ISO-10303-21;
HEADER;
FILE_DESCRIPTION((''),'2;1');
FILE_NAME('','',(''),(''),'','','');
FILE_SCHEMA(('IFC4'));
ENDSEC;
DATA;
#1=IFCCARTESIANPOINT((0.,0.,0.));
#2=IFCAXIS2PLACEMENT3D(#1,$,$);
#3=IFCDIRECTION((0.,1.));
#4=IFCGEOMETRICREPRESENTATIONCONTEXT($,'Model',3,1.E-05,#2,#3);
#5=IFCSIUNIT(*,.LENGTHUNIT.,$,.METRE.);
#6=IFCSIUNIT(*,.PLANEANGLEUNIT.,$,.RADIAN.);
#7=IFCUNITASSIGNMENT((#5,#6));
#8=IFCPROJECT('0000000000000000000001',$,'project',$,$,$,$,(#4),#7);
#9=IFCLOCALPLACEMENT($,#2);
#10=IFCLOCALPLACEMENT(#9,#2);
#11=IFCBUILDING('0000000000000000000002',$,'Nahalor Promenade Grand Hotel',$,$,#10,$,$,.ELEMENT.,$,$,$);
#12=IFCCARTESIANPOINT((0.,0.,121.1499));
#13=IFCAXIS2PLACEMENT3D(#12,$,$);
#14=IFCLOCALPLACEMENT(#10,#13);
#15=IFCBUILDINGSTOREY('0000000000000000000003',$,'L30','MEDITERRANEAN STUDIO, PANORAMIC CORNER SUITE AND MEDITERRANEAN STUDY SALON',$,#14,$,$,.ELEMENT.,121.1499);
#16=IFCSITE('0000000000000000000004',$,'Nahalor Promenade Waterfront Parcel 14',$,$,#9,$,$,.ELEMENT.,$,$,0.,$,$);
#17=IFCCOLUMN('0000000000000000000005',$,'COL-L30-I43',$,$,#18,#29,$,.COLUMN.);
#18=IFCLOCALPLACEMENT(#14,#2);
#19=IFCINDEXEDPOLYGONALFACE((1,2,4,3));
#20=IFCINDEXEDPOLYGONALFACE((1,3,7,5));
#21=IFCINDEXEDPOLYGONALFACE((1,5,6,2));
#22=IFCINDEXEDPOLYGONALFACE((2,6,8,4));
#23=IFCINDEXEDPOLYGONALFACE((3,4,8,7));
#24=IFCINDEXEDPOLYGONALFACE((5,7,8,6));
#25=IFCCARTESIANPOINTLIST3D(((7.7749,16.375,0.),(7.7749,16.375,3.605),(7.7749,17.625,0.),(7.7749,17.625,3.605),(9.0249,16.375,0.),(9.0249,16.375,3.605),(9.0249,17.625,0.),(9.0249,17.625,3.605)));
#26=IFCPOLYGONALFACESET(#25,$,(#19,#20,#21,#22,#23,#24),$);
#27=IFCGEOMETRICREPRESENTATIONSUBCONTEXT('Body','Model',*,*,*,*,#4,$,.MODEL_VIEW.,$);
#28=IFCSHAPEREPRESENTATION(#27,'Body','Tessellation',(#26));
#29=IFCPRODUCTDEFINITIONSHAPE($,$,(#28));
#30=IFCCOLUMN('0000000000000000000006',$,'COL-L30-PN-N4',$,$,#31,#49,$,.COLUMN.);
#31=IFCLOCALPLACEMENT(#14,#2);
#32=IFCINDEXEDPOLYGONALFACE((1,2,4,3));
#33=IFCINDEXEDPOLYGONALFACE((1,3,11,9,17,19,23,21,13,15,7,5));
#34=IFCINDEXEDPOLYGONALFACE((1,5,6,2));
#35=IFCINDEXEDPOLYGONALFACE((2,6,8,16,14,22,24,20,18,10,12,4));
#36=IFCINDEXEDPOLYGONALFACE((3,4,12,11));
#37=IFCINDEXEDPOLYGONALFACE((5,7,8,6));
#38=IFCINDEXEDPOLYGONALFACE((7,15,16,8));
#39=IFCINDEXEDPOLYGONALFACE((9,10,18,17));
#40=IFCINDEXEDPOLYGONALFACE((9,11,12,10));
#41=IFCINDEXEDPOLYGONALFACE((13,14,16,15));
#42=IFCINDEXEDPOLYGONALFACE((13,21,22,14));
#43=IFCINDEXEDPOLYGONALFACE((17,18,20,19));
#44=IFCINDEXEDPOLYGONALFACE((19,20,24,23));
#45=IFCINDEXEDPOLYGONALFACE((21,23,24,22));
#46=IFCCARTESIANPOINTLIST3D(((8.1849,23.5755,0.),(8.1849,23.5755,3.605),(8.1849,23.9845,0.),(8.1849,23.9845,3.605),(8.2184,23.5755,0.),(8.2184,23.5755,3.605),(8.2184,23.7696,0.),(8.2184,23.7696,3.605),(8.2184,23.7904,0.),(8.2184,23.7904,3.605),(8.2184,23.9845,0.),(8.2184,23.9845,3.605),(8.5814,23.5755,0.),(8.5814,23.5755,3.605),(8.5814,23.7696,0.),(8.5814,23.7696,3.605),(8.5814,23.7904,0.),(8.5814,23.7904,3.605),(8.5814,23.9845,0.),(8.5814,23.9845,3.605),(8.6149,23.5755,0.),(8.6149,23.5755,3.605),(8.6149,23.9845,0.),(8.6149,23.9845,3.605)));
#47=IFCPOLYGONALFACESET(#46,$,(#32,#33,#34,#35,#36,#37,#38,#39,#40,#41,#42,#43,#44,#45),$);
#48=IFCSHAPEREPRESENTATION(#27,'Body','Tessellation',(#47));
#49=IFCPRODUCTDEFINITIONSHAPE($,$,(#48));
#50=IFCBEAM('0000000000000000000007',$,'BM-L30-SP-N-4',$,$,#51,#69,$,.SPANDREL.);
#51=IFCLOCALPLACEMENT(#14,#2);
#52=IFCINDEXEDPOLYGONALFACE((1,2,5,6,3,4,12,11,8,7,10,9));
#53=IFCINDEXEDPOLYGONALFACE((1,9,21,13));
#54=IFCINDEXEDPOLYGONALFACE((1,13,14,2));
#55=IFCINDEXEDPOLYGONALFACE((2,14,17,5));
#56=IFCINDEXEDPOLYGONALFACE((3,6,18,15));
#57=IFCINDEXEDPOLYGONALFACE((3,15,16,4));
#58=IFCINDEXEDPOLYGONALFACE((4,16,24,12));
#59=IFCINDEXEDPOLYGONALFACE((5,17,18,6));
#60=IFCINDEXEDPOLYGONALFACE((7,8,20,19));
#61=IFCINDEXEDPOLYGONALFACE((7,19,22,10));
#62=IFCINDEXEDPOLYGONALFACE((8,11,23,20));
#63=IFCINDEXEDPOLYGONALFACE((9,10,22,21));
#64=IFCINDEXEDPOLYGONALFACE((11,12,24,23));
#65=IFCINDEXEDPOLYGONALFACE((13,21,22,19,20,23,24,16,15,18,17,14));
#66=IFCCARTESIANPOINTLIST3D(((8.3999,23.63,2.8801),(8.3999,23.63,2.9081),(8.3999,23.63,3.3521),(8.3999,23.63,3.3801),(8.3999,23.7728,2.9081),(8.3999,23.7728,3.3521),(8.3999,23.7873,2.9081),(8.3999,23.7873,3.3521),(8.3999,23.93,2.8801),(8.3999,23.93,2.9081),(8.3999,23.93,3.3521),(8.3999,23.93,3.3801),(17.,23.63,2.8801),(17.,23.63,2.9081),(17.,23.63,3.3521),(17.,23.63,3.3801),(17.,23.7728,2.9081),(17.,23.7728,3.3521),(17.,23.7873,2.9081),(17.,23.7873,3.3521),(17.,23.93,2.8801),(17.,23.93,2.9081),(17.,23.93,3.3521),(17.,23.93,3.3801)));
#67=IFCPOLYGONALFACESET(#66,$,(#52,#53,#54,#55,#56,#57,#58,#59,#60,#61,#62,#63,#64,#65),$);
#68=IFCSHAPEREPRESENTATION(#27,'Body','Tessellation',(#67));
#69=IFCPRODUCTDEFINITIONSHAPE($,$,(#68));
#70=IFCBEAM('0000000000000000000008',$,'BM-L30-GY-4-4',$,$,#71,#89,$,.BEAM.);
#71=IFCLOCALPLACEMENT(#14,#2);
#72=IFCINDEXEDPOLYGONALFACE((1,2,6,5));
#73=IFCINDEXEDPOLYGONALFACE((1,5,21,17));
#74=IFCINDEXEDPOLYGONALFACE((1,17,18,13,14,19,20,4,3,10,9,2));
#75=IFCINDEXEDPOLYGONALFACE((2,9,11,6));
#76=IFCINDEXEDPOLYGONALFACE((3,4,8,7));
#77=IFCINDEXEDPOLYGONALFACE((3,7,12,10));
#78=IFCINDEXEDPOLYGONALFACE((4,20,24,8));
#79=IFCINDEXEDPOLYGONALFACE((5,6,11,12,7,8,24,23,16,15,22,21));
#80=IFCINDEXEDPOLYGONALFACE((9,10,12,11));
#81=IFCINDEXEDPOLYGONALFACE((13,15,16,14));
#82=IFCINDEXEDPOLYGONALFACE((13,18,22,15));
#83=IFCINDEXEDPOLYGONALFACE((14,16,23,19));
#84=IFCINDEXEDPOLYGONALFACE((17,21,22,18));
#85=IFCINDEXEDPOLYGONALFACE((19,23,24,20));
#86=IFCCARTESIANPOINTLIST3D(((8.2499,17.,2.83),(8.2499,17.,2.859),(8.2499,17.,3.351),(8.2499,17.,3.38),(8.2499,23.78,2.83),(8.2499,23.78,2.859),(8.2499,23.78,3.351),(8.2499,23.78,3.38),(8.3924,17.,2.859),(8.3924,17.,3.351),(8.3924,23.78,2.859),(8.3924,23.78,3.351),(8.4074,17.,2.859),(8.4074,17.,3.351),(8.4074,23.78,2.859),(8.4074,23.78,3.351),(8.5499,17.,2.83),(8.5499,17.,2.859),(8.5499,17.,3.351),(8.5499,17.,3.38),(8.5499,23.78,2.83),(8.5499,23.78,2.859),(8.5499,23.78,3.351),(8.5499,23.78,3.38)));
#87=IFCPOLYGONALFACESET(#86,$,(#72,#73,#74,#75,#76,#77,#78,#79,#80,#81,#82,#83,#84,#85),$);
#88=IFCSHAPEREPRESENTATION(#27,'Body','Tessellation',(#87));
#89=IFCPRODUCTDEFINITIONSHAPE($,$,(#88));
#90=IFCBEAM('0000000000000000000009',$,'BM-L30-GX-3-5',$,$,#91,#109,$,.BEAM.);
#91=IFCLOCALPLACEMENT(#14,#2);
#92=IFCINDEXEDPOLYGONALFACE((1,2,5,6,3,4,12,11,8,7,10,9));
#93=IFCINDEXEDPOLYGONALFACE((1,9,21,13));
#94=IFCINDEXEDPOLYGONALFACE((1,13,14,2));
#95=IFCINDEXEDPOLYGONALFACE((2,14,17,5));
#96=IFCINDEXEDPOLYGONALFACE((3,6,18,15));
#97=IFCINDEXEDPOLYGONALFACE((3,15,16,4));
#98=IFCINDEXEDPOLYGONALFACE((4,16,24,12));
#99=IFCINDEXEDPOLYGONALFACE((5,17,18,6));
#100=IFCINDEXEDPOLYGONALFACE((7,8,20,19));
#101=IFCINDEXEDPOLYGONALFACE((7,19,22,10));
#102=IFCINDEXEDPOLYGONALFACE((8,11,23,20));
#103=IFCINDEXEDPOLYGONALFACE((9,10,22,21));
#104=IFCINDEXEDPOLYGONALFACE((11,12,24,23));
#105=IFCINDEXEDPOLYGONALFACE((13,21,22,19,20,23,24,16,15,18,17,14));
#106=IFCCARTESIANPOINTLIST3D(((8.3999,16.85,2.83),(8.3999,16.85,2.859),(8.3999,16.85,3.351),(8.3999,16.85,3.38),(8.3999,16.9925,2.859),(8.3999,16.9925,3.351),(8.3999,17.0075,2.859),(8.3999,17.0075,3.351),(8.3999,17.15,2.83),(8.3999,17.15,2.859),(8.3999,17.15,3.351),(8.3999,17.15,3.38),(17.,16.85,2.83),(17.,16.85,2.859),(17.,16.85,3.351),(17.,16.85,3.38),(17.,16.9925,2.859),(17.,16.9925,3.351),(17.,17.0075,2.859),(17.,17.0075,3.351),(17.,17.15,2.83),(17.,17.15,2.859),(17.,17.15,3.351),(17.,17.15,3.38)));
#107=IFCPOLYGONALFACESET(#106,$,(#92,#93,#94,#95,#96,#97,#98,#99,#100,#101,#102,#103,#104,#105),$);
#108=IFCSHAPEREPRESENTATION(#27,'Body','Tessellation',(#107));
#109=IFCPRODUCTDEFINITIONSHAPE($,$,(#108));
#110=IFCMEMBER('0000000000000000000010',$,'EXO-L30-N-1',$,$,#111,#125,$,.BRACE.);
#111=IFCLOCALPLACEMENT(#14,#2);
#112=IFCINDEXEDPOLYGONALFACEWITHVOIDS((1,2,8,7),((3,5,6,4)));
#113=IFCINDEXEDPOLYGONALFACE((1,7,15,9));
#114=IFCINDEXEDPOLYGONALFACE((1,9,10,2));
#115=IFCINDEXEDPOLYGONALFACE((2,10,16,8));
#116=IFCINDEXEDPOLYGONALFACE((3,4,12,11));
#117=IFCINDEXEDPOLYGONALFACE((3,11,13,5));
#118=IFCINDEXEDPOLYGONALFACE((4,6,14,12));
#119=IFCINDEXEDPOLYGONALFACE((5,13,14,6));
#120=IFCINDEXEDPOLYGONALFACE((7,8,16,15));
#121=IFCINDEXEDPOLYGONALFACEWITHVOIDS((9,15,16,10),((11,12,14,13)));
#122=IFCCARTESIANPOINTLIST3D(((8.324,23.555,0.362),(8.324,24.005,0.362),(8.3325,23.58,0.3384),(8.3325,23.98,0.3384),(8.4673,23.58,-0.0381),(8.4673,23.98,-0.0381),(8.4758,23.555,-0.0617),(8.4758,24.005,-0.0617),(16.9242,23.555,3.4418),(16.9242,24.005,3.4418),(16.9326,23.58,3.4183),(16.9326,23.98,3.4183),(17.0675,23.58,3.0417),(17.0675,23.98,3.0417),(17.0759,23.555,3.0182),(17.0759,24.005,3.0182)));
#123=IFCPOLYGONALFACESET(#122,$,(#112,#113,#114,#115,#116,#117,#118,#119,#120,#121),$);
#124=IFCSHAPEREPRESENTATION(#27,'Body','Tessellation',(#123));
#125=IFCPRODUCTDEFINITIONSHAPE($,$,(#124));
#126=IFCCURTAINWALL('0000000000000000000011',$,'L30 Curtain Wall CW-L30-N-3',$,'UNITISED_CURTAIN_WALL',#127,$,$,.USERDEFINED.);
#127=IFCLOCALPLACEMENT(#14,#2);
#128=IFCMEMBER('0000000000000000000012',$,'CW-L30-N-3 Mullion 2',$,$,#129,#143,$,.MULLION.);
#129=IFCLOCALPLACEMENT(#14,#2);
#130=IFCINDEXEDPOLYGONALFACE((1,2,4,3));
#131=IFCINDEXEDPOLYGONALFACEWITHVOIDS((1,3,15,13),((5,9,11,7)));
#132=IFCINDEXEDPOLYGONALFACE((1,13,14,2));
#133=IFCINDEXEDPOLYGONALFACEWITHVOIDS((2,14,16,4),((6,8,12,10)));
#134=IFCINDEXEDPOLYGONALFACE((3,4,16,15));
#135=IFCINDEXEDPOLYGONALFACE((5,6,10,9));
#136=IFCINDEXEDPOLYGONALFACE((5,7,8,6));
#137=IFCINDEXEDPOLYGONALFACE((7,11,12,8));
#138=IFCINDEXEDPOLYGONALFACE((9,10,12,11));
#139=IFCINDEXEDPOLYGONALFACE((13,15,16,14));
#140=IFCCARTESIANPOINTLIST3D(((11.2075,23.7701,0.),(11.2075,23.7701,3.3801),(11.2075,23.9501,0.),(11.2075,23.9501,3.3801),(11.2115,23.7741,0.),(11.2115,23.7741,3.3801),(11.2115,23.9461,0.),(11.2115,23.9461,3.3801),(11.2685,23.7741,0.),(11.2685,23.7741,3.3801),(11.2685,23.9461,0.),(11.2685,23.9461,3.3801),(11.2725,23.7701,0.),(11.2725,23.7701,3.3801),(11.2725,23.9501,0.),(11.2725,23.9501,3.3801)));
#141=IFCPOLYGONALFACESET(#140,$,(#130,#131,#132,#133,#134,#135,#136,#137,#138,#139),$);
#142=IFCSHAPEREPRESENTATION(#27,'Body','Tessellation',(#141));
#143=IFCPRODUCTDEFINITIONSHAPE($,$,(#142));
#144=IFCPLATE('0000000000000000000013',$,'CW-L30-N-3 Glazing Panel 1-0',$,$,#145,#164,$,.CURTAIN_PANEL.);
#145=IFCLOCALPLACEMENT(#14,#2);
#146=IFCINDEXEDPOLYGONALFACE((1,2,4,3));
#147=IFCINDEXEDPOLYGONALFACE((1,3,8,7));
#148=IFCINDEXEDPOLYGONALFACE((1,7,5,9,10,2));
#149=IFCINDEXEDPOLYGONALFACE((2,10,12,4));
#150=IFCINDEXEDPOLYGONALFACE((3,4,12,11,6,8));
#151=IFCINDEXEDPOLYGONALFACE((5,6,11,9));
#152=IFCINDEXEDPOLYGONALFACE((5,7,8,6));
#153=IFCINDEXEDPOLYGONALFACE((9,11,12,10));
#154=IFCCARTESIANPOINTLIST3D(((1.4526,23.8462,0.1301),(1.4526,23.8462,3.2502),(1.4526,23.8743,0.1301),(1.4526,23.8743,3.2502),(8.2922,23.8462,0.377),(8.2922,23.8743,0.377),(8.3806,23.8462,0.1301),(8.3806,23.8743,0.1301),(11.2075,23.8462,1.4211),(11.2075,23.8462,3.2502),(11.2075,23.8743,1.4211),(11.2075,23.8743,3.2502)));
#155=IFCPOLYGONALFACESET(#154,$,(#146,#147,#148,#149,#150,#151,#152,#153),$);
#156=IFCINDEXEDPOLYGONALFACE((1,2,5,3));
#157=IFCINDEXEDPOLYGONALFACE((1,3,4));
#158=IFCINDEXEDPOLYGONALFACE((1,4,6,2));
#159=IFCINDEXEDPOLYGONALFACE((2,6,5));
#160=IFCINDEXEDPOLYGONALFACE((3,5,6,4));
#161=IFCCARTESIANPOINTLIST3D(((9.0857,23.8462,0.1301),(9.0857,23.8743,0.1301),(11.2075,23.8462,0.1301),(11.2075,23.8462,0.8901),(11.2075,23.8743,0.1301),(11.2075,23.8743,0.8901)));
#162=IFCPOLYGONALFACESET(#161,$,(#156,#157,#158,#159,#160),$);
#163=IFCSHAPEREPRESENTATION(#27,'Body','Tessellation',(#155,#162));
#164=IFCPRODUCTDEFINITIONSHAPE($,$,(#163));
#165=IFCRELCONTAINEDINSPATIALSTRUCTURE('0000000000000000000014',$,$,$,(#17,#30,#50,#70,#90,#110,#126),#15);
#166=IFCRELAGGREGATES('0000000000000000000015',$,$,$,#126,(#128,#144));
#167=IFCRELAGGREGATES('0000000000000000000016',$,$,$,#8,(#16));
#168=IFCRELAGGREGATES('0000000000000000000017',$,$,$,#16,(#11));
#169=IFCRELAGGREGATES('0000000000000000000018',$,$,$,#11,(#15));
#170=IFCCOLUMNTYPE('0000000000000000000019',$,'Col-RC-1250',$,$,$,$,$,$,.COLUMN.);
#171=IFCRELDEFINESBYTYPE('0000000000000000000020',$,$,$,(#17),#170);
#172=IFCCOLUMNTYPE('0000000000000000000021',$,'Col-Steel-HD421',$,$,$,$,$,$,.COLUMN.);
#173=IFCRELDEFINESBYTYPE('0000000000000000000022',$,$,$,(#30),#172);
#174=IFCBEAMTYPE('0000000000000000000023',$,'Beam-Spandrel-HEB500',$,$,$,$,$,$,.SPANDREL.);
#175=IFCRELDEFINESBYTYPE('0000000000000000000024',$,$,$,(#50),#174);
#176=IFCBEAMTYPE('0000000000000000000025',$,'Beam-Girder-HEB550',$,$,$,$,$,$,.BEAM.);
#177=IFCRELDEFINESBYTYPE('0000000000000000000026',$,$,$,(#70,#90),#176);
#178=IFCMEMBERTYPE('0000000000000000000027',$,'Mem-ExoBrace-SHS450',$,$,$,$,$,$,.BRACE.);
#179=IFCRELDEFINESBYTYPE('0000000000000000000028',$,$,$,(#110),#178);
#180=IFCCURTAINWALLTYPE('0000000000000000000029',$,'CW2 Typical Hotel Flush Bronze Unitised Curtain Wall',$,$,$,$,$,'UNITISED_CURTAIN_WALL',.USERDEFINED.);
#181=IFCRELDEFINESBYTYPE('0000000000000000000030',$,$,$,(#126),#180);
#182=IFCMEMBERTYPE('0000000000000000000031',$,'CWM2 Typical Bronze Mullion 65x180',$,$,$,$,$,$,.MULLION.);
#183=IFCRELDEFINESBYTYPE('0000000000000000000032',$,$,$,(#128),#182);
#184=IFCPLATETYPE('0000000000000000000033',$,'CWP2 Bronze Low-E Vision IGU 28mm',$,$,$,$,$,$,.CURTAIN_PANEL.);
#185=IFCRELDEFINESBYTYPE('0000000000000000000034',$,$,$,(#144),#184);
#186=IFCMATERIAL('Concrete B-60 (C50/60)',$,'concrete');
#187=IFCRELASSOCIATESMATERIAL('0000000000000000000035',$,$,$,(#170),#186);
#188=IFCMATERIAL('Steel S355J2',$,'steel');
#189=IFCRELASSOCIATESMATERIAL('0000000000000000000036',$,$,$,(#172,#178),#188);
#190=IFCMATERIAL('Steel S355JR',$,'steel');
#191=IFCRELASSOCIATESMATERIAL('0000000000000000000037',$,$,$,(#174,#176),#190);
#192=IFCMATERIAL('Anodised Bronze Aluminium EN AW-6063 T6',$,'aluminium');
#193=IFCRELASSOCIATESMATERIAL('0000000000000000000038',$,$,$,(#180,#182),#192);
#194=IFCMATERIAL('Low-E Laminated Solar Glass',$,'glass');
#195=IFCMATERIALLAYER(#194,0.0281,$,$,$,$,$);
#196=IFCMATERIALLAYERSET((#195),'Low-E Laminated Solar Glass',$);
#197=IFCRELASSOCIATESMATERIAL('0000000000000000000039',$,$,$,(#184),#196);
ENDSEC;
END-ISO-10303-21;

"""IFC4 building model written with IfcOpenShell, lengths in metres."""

from ifc_helpers import new_model, si_unit, direction, frame, origin, origin_2d, place, context, subcontext, project, spatial, polyline, rectangle, hollow_rectangle, i_section, outline, extrude, source, transform, mapped, material, layer, layer_set, material_profile, profile_set, type_object, element, aggregate, save


model = new_model("IFC4")

# Units and contexts
model_context = context("Model", 3, precision=1e-05, world=origin(), true_north=direction((0.0, 1.0)))
body_context = subcontext(model_context, "Body", "Model", "MODEL_VIEW")
ifc_project = project(units=[si_unit("LENGTHUNIT", "METRE"), si_unit("PLANEANGLEUNIT", "RADIAN")], contexts=[model_context])

# Site, building, storey
site_placement = place(None, origin())
site = spatial("IfcSite", under=ifc_project, at=site_placement, Name="Nahalor Promenade Waterfront Parcel 14", CompositionType="ELEMENT", RefElevation=0.0)
building_placement = place(site_placement, origin())
building = spatial("IfcBuilding", under=site, at=building_placement, Name="Nahalor Promenade Grand Hotel", CompositionType="ELEMENT")
storey_placement = place(building_placement, frame((0.0, 0.0, 121.1499)))
storey = spatial("IfcBuildingStorey", under=building, at=storey_placement, Name="L30", Description="MEDITERRANEAN STUDIO, PANORAMIC CORNER SUITE AND MEDITERRANEAN STUDY SALON", CompositionType="ELEMENT", Elevation=121.1499)

# Columns
ifc_material_1 = material(Name="Concrete B-60 (C50/60)", Category="concrete")
ifc_material_profile_1 = material_profile(ifc_material_1, rectangle(XDim=1.25, YDim=1.25, at=origin_2d()), Name="RC 1250x1250")
ifc_profile_set_1 = profile_set([ifc_material_profile_1], Name="Concrete B-60 (C50/60)")
column_type_1 = type_object("IfcColumnType", Name="Col-RC-1250", PredefinedType="COLUMN", material=ifc_profile_set_1)
shared_shape_1 = source(origin(), body_context, "Body", "SweptSolid", [
    extrude(rectangle(XDim=1.25, YDim=1.25, at=origin_2d()), origin(), (0.0, 0.0, 1.0), 3.605),
])
column_1_placement = place(storey_placement, frame((8.3999, 17.0, 0.0), z_axis=(0.0, 0.0, 1.0), x_axis=(1.0, 0.0, 0.0)))
element("IfcColumn", 1, at=column_1_placement, inside=storey, type_object=column_type_1, Name="COL-L30-I43", PredefinedType="COLUMN", context=body_context, shape_type="MappedRepresentation", body=[
    mapped(shared_shape_1, transform((0.0, 0.0, 0.0), scale=1.0)),
])
ifc_material_2 = material(Name="Steel S355J2", Category="steel")
ifc_material_profile_2 = material_profile(ifc_material_2, i_section(OverallWidth=0.409, OverallDepth=0.43, WebThickness=0.0208, FlangeThickness=0.0335, at=origin_2d()), Name="HD 400x421")
ifc_profile_set_2 = profile_set([ifc_material_profile_2], Name="Steel S355J2")
column_type_2 = type_object("IfcColumnType", Name="Col-Steel-HD421", PredefinedType="COLUMN", material=ifc_profile_set_2)
shared_shape_2 = source(origin(), body_context, "Body", "SweptSolid", [
    extrude(i_section(OverallWidth=0.409, OverallDepth=0.43, WebThickness=0.0208, FlangeThickness=0.0335, at=origin_2d()), origin(), (0.0, 0.0, 1.0), 3.605),
])
column_2_placement = place(storey_placement, frame((8.3999, 23.78, 0.0), z_axis=(0.0, 0.0, 1.0), x_axis=(0.0, 1.0, 0.0)))
element("IfcColumn", 2, at=column_2_placement, inside=storey, type_object=column_type_2, Name="COL-L30-PN-N4", PredefinedType="COLUMN", context=body_context, shape_type="MappedRepresentation", body=[
    mapped(shared_shape_2, transform((0.0, 0.0, 0.0), scale=1.0)),
])

# Beams
ifc_material_3 = material(Name="Steel S355JR", Category="steel")
ifc_material_profile_3 = material_profile(ifc_material_3, i_section(OverallWidth=0.3, OverallDepth=0.5, WebThickness=0.0145, FlangeThickness=0.028, at=origin_2d()), Name="HEB 500")
ifc_profile_set_3 = profile_set([ifc_material_profile_3], Name="Steel S355JR")
beam_type_1 = type_object("IfcBeamType", Name="Beam-Spandrel-HEB500", PredefinedType="SPANDREL", material=ifc_profile_set_3)
shared_shape_3 = source(origin(), body_context, "Body", "SweptSolid", [
    extrude(i_section(OverallWidth=0.3, OverallDepth=0.5, WebThickness=0.0145, FlangeThickness=0.028, at=origin_2d()), origin(), (0.0, 0.0, 1.0), 8.6001),
])
beam_1_placement = place(storey_placement, frame((8.3999, 23.78, 3.1301), z_axis=(1.0, 0.0, 0.0), x_axis=(0.0, 1.0, 0.0)))
element("IfcBeam", 3, at=beam_1_placement, inside=storey, type_object=beam_type_1, Name="BM-L30-SP-N-4", PredefinedType="SPANDREL", context=body_context, shape_type="MappedRepresentation", body=[
    mapped(shared_shape_3, transform((0.0, 0.0, 0.0), scale=1.0)),
])
ifc_material_profile_4 = material_profile(ifc_material_3, i_section(OverallWidth=0.3, OverallDepth=0.55, WebThickness=0.015, FlangeThickness=0.029, at=origin_2d()), Name="HEB 550")
ifc_profile_set_4 = profile_set([ifc_material_profile_4], Name="Steel S355JR")
beam_type_2 = type_object("IfcBeamType", Name="Beam-Girder-HEB550", PredefinedType="BEAM", material=ifc_profile_set_4)
shared_shape_4 = source(origin(), body_context, "Body", "SweptSolid", [
    extrude(i_section(OverallWidth=0.3, OverallDepth=0.55, WebThickness=0.015, FlangeThickness=0.029, at=origin_2d()), origin(), (0.0, 0.0, 1.0), 6.78),
])
beam_2_placement = place(storey_placement, frame((8.3999, 17.0, 3.105), z_axis=(0.0, 1.0, 0.0), x_axis=(-1.0, 0.0, 0.0)))
element("IfcBeam", 4, at=beam_2_placement, inside=storey, type_object=beam_type_2, Name="BM-L30-GY-4-4", PredefinedType="BEAM", context=body_context, shape_type="MappedRepresentation", body=[
    mapped(shared_shape_4, transform((0.0, 0.0, 0.0), scale=1.0)),
])
shared_shape_5 = source(origin(), body_context, "Body", "SweptSolid", [
    extrude(i_section(OverallWidth=0.3, OverallDepth=0.55, WebThickness=0.015, FlangeThickness=0.029, at=origin_2d()), origin(), (0.0, 0.0, 1.0), 8.6001),
])
beam_3_placement = place(storey_placement, frame((8.3999, 17.0, 3.105), z_axis=(1.0, 0.0, 0.0), x_axis=(0.0, 1.0, 0.0)))
element("IfcBeam", 5, at=beam_3_placement, inside=storey, type_object=beam_type_2, Name="BM-L30-GX-3-5", PredefinedType="BEAM", context=body_context, shape_type="MappedRepresentation", body=[
    mapped(shared_shape_5, transform((0.0, 0.0, 0.0), scale=1.0)),
])

# Member
ifc_material_profile_5 = material_profile(ifc_material_2, hollow_rectangle(XDim=0.45, YDim=0.45, WallThickness=0.025, at=origin_2d()), Name="SHS 450x450x25")
ifc_profile_set_5 = profile_set([ifc_material_profile_5], Name="Steel S355J2")
member_type_1 = type_object("IfcMemberType", Name="Mem-ExoBrace-SHS450", PredefinedType="BRACE", material=ifc_profile_set_5)
shared_shape_6 = source(origin(), body_context, "Body", "SweptSolid", [
    extrude(hollow_rectangle(XDim=0.45, YDim=0.45, WallThickness=0.025, at=origin_2d()), origin(), (0.0, 0.0, 1.0), 9.135),
])
member_1_placement = place(storey_placement, frame((8.3999, 23.78, 0.1501), z_axis=(0.941451, 0.0, 0.337149), x_axis=(0.0, 1.0, 0.0)))
element("IfcMember", 6, at=member_1_placement, inside=storey, type_object=member_type_1, Name="EXO-L30-N-1", PredefinedType="BRACE", context=body_context, shape_type="MappedRepresentation", body=[
    mapped(shared_shape_6, transform((0.0, 0.0, 0.0), scale=1.0)),
])

# Curtain wall, member, plate
ifc_material_4 = material(Name="Anodised Bronze Aluminium EN AW-6063 T6", Category="aluminium")
curtain_wall_type = type_object("IfcCurtainWallType", Name="CW2 Typical Hotel Flush Bronze Unitised Curtain Wall", ElementType="UNITISED_CURTAIN_WALL", PredefinedType="USERDEFINED", material=ifc_material_4)
curtain_wall_placement = place(storey_placement, origin())
curtain_wall = element("IfcCurtainWall", 7, at=curtain_wall_placement, inside=storey, type_object=curtain_wall_type, Name="L30 Curtain Wall CW-L30-N-3", ObjectType="UNITISED_CURTAIN_WALL", PredefinedType="USERDEFINED")
ifc_material_profile_6 = material_profile(ifc_material_4, hollow_rectangle(XDim=0.065, YDim=0.18, WallThickness=0.004, at=origin_2d()), Name="CWM 65x180x4")
ifc_profile_set_6 = profile_set([ifc_material_profile_6], Name="Anodised Bronze Aluminium EN AW-6063 T6")
member_type_2 = type_object("IfcMemberType", Name="CWM2 Typical Bronze Mullion 65x180", PredefinedType="MULLION", material=ifc_profile_set_6)
shared_shape_7 = source(origin(), body_context, "Body", "SweptSolid", [
    extrude(hollow_rectangle(XDim=0.065, YDim=0.18, WallThickness=0.004, at=origin_2d()), origin(), (0.0, 0.0, 1.0), 3.3801),
])
member_2_placement = place(storey_placement, frame((11.24, 23.8601, 0.0), z_axis=(0.0, 0.0, 1.0), x_axis=(1.0, 0.0, 0.0)))
member_2 = element("IfcMember", 8, at=member_2_placement, type_object=member_type_2, Name="CW-L30-N-3 Mullion 2", PredefinedType="MULLION", context=body_context, shape_type="MappedRepresentation", body=[
    mapped(shared_shape_7, transform((0.0, 0.0, 0.0), scale=1.0)),
])
ifc_material_5 = material(Name="Low-E Laminated Solar Glass", Category="glass")
ifc_layer_1 = layer(ifc_material_5, 0.0281)
ifc_layer_set_1 = layer_set([ifc_layer_1], Name="Low-E Laminated Solar Glass")
plate_type = type_object("IfcPlateType", Name="CWP2 Bronze Low-E Vision IGU 28mm", PredefinedType="CURTAIN_PANEL", material=ifc_layer_set_1)
plate_placement = place(storey_placement, frame((6.3301, 23.8601, 0.1301), z_axis=(0.0, 0.0, 1.0), x_axis=(1.0, 0.0, 0.0)))
plate = element("IfcPlate", 9, at=plate_placement, type_object=plate_type, Name="CW-L30-N-3 Glazing Panel 1-0", PredefinedType="CURTAIN_PANEL", context=body_context, shape_type="SweptSolid", body=[
    extrude(outline(polyline([(-4.8774, 3.1201), (-4.8774, 0.0), (2.0505, 0.0), (1.9622, 0.2468), (4.8774, 1.291), (4.8774, 3.1201), (-4.8774, 3.1201)])), frame((0.0, 0.0142, 0.0), z_axis=(0.0, -1.0, 0.0), x_axis=(1.0, 0.0, 0.0)), (0.0, 0.0, 1.0), 0.0281),
    extrude(outline(polyline([(2.7556, 0.0), (4.8774, 0.0), (4.8774, 0.76), (2.7556, 0.0)])), frame((0.0, 0.0142, 0.0), z_axis=(0.0, -1.0, 0.0), x_axis=(1.0, 0.0, 0.0)), (0.0, 0.0, 1.0), 0.0281),
])
aggregate(curtain_wall, [member_2, plate])

save(model, "model.ifc")
